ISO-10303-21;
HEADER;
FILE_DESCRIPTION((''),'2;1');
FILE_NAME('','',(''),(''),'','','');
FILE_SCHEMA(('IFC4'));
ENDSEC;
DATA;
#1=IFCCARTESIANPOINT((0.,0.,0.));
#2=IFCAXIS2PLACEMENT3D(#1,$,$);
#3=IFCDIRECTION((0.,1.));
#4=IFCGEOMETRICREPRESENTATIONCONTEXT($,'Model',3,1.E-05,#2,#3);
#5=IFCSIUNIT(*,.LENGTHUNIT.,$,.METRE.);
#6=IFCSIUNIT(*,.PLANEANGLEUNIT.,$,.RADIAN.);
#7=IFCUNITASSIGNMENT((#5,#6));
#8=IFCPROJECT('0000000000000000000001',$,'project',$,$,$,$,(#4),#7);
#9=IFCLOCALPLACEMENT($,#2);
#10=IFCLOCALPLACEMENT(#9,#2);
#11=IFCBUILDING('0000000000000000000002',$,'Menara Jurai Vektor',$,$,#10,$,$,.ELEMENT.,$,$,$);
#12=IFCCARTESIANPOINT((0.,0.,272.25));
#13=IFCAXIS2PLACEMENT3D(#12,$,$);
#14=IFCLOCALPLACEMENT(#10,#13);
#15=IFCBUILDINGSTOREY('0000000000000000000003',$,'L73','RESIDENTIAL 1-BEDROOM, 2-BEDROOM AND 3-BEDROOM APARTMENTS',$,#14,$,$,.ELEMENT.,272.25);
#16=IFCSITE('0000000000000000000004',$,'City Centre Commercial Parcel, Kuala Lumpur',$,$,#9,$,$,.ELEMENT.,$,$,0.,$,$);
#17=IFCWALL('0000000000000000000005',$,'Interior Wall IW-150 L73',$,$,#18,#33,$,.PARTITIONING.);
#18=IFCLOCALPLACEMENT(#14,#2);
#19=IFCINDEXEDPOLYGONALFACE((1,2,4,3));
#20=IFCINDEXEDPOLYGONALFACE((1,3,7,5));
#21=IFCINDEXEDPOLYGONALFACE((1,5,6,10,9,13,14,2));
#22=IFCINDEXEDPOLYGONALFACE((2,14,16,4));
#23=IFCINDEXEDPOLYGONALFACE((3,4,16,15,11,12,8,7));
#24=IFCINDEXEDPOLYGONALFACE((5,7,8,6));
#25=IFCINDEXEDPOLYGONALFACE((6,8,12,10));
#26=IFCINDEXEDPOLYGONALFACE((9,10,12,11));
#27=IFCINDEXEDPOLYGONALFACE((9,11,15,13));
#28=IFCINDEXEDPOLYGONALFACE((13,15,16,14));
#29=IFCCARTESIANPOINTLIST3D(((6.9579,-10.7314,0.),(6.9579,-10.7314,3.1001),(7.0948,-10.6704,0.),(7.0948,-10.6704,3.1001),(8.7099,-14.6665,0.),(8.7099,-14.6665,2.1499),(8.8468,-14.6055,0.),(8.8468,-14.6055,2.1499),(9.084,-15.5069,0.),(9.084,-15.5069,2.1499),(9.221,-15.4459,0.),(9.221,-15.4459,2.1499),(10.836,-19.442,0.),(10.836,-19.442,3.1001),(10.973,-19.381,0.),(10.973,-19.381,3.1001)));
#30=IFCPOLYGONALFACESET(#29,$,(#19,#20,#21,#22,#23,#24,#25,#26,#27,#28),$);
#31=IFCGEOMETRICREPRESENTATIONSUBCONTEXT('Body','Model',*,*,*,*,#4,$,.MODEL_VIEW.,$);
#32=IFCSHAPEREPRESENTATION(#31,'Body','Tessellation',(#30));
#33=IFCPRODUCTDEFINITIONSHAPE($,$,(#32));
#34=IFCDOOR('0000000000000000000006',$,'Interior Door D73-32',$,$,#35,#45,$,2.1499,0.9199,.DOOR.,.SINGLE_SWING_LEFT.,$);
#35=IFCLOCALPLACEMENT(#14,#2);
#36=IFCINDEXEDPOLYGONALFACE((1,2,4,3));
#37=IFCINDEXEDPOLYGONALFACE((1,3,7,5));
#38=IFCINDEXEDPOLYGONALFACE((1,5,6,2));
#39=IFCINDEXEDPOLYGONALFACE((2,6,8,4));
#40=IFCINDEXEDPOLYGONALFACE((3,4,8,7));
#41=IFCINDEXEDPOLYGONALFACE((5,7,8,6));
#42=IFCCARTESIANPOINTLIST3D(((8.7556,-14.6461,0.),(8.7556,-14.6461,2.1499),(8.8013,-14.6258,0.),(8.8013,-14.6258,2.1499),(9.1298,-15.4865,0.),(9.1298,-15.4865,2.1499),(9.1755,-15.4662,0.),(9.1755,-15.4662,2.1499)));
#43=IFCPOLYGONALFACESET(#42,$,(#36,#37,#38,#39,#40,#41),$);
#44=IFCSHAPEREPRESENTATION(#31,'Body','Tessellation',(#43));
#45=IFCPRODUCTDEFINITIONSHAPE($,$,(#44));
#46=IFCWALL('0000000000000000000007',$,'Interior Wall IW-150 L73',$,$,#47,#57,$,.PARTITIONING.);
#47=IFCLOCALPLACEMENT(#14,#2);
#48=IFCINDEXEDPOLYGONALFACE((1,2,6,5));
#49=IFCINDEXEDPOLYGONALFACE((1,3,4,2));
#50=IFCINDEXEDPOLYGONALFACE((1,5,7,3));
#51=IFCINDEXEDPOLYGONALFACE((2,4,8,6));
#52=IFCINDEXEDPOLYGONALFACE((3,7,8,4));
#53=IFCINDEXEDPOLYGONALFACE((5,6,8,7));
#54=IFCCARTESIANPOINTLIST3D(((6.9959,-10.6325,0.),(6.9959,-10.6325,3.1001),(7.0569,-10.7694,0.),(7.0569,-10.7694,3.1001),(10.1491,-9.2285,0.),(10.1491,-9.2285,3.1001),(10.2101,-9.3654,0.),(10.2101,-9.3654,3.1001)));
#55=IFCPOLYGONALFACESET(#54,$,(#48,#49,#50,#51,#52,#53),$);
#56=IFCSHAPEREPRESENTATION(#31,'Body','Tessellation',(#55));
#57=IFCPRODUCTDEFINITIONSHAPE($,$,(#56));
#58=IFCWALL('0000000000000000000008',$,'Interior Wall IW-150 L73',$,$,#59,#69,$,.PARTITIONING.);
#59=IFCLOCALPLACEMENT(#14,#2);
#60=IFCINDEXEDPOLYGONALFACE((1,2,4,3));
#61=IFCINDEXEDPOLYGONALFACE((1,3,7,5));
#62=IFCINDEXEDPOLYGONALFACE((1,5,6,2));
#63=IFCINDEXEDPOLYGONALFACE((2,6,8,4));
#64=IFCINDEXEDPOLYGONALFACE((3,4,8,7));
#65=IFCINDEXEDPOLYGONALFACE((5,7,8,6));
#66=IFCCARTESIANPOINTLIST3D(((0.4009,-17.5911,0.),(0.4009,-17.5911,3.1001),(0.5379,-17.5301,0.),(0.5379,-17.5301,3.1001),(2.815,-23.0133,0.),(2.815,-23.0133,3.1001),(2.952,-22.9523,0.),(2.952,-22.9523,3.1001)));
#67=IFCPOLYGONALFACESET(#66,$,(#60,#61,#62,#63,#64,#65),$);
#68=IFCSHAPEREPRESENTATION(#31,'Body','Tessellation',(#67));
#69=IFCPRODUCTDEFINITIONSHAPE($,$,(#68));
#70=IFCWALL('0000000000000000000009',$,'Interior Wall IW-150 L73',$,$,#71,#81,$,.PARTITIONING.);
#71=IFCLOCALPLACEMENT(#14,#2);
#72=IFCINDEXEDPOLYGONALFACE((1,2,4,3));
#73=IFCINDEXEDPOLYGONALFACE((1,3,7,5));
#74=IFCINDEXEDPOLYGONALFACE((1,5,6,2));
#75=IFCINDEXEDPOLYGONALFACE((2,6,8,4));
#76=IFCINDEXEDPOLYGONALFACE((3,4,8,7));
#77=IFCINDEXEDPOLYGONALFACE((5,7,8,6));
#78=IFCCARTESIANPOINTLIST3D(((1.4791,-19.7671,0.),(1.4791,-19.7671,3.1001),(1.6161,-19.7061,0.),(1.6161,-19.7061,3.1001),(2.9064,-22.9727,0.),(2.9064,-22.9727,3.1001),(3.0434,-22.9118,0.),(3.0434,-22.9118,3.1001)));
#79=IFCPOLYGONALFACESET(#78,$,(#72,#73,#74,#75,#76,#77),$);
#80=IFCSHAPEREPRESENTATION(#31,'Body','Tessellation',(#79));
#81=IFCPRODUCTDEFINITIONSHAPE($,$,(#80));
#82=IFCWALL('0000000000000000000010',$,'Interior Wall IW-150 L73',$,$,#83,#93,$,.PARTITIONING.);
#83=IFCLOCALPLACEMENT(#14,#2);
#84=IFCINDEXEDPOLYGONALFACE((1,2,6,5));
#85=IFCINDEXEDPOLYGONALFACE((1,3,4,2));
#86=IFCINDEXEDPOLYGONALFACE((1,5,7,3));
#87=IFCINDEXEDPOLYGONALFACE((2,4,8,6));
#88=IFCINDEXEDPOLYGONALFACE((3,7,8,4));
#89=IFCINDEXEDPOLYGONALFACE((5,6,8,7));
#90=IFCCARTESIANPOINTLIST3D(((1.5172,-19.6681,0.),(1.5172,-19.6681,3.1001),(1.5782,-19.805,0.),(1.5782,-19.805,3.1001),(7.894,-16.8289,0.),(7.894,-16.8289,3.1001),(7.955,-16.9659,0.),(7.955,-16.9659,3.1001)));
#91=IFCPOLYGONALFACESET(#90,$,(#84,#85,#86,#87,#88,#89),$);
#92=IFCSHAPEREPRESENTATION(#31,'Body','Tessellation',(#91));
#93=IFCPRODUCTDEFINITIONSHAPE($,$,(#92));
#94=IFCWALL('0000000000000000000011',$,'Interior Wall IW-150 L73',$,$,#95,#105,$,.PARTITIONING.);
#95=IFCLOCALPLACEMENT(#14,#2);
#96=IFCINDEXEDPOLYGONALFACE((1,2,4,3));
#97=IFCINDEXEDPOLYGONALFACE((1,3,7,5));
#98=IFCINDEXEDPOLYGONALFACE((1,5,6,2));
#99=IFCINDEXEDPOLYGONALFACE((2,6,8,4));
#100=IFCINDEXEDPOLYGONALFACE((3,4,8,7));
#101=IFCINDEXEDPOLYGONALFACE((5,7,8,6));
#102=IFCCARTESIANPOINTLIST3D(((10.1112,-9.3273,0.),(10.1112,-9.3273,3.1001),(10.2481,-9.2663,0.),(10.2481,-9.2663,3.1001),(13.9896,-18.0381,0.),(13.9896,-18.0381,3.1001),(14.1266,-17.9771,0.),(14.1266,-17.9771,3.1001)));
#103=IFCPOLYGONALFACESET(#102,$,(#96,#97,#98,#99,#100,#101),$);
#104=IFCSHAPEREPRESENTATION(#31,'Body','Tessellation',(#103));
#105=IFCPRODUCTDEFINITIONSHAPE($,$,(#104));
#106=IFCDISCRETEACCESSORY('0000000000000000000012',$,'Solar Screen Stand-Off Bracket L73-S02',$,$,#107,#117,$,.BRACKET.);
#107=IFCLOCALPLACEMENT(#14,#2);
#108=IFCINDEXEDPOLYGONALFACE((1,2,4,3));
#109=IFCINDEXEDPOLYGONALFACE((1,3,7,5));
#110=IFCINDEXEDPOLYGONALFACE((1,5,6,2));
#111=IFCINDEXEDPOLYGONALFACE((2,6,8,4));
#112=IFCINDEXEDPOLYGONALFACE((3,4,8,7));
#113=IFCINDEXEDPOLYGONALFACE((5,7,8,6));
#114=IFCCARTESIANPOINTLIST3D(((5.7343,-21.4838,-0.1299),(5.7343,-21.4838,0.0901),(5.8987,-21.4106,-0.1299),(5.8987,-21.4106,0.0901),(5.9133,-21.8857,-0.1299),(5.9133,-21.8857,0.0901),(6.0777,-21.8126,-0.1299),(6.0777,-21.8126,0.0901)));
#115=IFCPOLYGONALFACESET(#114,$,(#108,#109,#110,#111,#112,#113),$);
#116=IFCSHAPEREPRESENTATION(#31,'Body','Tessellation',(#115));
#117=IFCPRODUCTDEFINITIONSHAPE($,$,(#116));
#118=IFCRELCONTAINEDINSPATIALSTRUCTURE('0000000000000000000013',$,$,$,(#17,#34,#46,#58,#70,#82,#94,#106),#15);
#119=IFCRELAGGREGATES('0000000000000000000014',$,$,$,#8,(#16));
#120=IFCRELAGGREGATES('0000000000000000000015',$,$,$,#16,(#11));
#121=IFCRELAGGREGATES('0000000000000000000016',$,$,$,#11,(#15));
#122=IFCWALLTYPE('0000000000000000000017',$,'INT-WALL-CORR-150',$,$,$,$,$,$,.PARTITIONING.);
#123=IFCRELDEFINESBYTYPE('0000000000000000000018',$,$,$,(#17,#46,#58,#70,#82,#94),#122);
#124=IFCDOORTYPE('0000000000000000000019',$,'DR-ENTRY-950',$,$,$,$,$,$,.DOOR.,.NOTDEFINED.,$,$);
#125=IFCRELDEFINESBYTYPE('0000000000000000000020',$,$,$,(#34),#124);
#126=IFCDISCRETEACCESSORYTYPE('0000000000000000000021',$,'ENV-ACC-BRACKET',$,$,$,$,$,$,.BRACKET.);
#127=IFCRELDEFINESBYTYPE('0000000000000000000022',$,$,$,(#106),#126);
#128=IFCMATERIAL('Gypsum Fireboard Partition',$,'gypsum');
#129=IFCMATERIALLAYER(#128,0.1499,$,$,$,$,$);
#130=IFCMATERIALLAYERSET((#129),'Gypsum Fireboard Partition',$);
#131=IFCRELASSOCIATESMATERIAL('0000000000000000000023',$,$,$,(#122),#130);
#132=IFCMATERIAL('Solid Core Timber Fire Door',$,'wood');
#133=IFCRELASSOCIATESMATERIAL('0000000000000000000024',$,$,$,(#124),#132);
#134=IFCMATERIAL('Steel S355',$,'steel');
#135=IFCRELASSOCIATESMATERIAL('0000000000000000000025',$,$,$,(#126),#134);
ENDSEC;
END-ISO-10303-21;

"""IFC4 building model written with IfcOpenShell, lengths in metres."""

from ifc_helpers import new_model, si_unit, direction, frame, frame_2d, origin, origin_2d, place, context, subcontext, project, spatial, rectangle, extrude, material, layer, layer_set, type_object, element, fill, save


model = new_model("IFC4")

# Units and contexts
model_context = context("Model", 3, precision=1e-05, world=origin(), true_north=direction((0.0, 1.0)))
body_context = subcontext(model_context, "Body", "Model", "MODEL_VIEW")
ifc_project = project(units=[si_unit("LENGTHUNIT", "METRE"), si_unit("PLANEANGLEUNIT", "RADIAN")], contexts=[model_context])

# Site, building, storey
site_placement = place(None, origin())
site = spatial("IfcSite", under=ifc_project, at=site_placement, Name="City Centre Commercial Parcel, Kuala Lumpur", CompositionType="ELEMENT", RefElevation=0.0)
building_placement = place(site_placement, origin())
building = spatial("IfcBuilding", under=site, at=building_placement, Name="Menara Jurai Vektor", CompositionType="ELEMENT")
storey_placement = place(building_placement, frame((0.0, 0.0, 272.25)))
storey = spatial("IfcBuildingStorey", under=building, at=storey_placement, Name="L73", Description="RESIDENTIAL 1-BEDROOM, 2-BEDROOM AND 3-BEDROOM APARTMENTS", CompositionType="ELEMENT", Elevation=272.25)

# Shared definitions
ifc_material_1 = material(Name="Steel S355", Category="steel")

# Shared definitions
ifc_material_2 = material(Name="Gypsum Fireboard Partition", Category="gypsum")
ifc_layer_1 = layer(ifc_material_2, 0.1499)
ifc_layer_set_1 = layer_set([ifc_layer_1], Name="Gypsum Fireboard Partition")
wall_type = type_object("IfcWallType", Name="INT-WALL-CORR-150", PredefinedType="PARTITIONING", material=ifc_layer_set_1)
ifc_material_3 = material(Name="Solid Core Timber Fire Door", Category="wood")
door_type = type_object("IfcDoorType", Name="DR-ENTRY-950", OperationType="NOTDEFINED", PredefinedType="DOOR", material=ifc_material_3)

# Wall, opening, door
wall_1_placement = place(storey_placement, frame((10.9045, -19.4116, 0.0), z_axis=(0.0, 0.0, 1.0), x_axis=(-0.40673, 0.913548, 0.0)))
wall_1 = element("IfcWall", 1, at=wall_1_placement, inside=storey, type_object=wall_type, Name="Interior Wall IW-150 L73", PredefinedType="PARTITIONING", context=body_context, shape_type="SweptSolid", body=[
    extrude(rectangle(XDim=9.5349, YDim=0.1499, at=frame_2d((4.7676, 0.0))), origin(), (0.0, 0.0, 1.0), 3.1001),
])
opening_1_placement = place(wall_1_placement, frame((4.3076, 0.0, 0.0)))
opening_1 = element("IfcOpeningElement", 2, at=opening_1_placement, cuts=wall_1, PredefinedType="OPENING", context=body_context, shape_type="SweptSolid", body=[
    extrude(rectangle(XDim=0.9199, YDim=2.1499, at=frame_2d((0.46, 1.075))), frame((0.0, 0.085, 0.0), z_axis=(0.0, -1.0, 0.0), x_axis=(1.0, 0.0, 0.0)), (0.0, 0.0, 1.0), 0.1699),
])
door_1_placement = place(opening_1_placement, origin())
door_1 = element("IfcDoor", 3, at=door_1_placement, inside=storey, type_object=door_type, Name="Interior Door D73-32", OperationType="SINGLE_SWING_LEFT", OverallHeight=2.1499, OverallWidth=0.9199, PredefinedType="DOOR", context=body_context, shape_type="SweptSolid", body=[
    extrude(rectangle(XDim=0.9199, YDim=2.1499, at=frame_2d((0.46, 1.075))), frame((0.0, 0.0249, 0.0), z_axis=(0.0, -1.0, 0.0), x_axis=(1.0, 0.0, 0.0)), (0.0, 0.0, 1.0), 0.05),
])
fill(opening_1, door_1)

# Walls
wall_2_placement = place(storey_placement, frame((7.0264, -10.7009, 0.0), z_axis=(0.0, 0.0, 1.0), x_axis=(0.913534, 0.406762, 0.0)))
element("IfcWall", 4, at=wall_2_placement, inside=storey, type_object=wall_type, Name="Interior Wall IW-150 L73", PredefinedType="PARTITIONING", context=body_context, shape_type="SweptSolid", body=[
    extrude(rectangle(XDim=3.4517, YDim=0.1499, at=frame_2d((1.7258, 0.0))), origin(), (0.0, 0.0, 1.0), 3.1001),
])
wall_3_placement = place(storey_placement, frame((2.8835, -22.9829, 0.0), z_axis=(0.0, 0.0, 1.0), x_axis=(-0.406734, 0.913547, 0.0)))
element("IfcWall", 5, at=wall_3_placement, inside=storey, type_object=wall_type, Name="Interior Wall IW-150 L73", PredefinedType="PARTITIONING", context=body_context, shape_type="SweptSolid", body=[
    extrude(rectangle(XDim=5.9353, YDim=0.1499, at=frame_2d((2.9678, 0.0))), origin(), (0.0, 0.0, 1.0), 3.1001),
])
wall_4_placement = place(storey_placement, frame((2.9749, -22.9421, 0.0), z_axis=(0.0, 0.0, 1.0), x_axis=(-0.406745, 0.913542, 0.0)))
element("IfcWall", 6, at=wall_4_placement, inside=storey, type_object=wall_type, Name="Interior Wall IW-150 L73", PredefinedType="PARTITIONING", context=body_context, shape_type="SweptSolid", body=[
    extrude(rectangle(XDim=3.509, YDim=0.1499, at=frame_2d((1.7544, 0.0))), origin(), (0.0, 0.0, 1.0), 3.1001),
])
wall_5_placement = place(storey_placement, frame((1.5476, -19.7366, 0.0), z_axis=(0.0, 0.0, 1.0), x_axis=(0.913545, 0.406739, 0.0)))
element("IfcWall", 7, at=wall_5_placement, inside=storey, type_object=wall_type, Name="Interior Wall IW-150 L73", PredefinedType="PARTITIONING", context=body_context, shape_type="SweptSolid", body=[
    extrude(rectangle(XDim=6.9802, YDim=0.1499, at=frame_2d((3.4902, 0.0))), origin(), (0.0, 0.0, 1.0), 3.1001),
])
wall_6_placement = place(storey_placement, frame((14.0581, -18.0076, 0.0), z_axis=(0.0, 0.0, 1.0), x_axis=(-0.406751, 0.913539, 0.0)))
element("IfcWall", 8, at=wall_6_placement, inside=storey, type_object=wall_type, Name="Interior Wall IW-150 L73", PredefinedType="PARTITIONING", context=body_context, shape_type="SweptSolid", body=[
    extrude(rectangle(XDim=9.5352, YDim=0.1499, at=frame_2d((4.7676, 0.0))), origin(), (0.0, 0.0, 1.0), 3.1001),
])

# Discrete accessory
discrete_accessory_type = type_object("IfcDiscreteAccessoryType", Name="ENV-ACC-BRACKET", PredefinedType="BRACKET", material=ifc_material_1)
discrete_accessory_placement = place(storey_placement, frame((5.906, -21.6482, -0.1299), z_axis=(0.0, 0.0, 1.0), x_axis=(0.913545, 0.406737, 0.0)))
element("IfcDiscreteAccessory", 9, at=discrete_accessory_placement, inside=storey, type_object=discrete_accessory_type, Name="Solar Screen Stand-Off Bracket L73-S02", PredefinedType="BRACKET", context=body_context, shape_type="SweptSolid", body=[
    extrude(rectangle(XDim=0.1799, YDim=0.4399, at=origin_2d()), origin(), (0.0, 0.0, 1.0), 0.22),
])

save(model, "model.ifc")
